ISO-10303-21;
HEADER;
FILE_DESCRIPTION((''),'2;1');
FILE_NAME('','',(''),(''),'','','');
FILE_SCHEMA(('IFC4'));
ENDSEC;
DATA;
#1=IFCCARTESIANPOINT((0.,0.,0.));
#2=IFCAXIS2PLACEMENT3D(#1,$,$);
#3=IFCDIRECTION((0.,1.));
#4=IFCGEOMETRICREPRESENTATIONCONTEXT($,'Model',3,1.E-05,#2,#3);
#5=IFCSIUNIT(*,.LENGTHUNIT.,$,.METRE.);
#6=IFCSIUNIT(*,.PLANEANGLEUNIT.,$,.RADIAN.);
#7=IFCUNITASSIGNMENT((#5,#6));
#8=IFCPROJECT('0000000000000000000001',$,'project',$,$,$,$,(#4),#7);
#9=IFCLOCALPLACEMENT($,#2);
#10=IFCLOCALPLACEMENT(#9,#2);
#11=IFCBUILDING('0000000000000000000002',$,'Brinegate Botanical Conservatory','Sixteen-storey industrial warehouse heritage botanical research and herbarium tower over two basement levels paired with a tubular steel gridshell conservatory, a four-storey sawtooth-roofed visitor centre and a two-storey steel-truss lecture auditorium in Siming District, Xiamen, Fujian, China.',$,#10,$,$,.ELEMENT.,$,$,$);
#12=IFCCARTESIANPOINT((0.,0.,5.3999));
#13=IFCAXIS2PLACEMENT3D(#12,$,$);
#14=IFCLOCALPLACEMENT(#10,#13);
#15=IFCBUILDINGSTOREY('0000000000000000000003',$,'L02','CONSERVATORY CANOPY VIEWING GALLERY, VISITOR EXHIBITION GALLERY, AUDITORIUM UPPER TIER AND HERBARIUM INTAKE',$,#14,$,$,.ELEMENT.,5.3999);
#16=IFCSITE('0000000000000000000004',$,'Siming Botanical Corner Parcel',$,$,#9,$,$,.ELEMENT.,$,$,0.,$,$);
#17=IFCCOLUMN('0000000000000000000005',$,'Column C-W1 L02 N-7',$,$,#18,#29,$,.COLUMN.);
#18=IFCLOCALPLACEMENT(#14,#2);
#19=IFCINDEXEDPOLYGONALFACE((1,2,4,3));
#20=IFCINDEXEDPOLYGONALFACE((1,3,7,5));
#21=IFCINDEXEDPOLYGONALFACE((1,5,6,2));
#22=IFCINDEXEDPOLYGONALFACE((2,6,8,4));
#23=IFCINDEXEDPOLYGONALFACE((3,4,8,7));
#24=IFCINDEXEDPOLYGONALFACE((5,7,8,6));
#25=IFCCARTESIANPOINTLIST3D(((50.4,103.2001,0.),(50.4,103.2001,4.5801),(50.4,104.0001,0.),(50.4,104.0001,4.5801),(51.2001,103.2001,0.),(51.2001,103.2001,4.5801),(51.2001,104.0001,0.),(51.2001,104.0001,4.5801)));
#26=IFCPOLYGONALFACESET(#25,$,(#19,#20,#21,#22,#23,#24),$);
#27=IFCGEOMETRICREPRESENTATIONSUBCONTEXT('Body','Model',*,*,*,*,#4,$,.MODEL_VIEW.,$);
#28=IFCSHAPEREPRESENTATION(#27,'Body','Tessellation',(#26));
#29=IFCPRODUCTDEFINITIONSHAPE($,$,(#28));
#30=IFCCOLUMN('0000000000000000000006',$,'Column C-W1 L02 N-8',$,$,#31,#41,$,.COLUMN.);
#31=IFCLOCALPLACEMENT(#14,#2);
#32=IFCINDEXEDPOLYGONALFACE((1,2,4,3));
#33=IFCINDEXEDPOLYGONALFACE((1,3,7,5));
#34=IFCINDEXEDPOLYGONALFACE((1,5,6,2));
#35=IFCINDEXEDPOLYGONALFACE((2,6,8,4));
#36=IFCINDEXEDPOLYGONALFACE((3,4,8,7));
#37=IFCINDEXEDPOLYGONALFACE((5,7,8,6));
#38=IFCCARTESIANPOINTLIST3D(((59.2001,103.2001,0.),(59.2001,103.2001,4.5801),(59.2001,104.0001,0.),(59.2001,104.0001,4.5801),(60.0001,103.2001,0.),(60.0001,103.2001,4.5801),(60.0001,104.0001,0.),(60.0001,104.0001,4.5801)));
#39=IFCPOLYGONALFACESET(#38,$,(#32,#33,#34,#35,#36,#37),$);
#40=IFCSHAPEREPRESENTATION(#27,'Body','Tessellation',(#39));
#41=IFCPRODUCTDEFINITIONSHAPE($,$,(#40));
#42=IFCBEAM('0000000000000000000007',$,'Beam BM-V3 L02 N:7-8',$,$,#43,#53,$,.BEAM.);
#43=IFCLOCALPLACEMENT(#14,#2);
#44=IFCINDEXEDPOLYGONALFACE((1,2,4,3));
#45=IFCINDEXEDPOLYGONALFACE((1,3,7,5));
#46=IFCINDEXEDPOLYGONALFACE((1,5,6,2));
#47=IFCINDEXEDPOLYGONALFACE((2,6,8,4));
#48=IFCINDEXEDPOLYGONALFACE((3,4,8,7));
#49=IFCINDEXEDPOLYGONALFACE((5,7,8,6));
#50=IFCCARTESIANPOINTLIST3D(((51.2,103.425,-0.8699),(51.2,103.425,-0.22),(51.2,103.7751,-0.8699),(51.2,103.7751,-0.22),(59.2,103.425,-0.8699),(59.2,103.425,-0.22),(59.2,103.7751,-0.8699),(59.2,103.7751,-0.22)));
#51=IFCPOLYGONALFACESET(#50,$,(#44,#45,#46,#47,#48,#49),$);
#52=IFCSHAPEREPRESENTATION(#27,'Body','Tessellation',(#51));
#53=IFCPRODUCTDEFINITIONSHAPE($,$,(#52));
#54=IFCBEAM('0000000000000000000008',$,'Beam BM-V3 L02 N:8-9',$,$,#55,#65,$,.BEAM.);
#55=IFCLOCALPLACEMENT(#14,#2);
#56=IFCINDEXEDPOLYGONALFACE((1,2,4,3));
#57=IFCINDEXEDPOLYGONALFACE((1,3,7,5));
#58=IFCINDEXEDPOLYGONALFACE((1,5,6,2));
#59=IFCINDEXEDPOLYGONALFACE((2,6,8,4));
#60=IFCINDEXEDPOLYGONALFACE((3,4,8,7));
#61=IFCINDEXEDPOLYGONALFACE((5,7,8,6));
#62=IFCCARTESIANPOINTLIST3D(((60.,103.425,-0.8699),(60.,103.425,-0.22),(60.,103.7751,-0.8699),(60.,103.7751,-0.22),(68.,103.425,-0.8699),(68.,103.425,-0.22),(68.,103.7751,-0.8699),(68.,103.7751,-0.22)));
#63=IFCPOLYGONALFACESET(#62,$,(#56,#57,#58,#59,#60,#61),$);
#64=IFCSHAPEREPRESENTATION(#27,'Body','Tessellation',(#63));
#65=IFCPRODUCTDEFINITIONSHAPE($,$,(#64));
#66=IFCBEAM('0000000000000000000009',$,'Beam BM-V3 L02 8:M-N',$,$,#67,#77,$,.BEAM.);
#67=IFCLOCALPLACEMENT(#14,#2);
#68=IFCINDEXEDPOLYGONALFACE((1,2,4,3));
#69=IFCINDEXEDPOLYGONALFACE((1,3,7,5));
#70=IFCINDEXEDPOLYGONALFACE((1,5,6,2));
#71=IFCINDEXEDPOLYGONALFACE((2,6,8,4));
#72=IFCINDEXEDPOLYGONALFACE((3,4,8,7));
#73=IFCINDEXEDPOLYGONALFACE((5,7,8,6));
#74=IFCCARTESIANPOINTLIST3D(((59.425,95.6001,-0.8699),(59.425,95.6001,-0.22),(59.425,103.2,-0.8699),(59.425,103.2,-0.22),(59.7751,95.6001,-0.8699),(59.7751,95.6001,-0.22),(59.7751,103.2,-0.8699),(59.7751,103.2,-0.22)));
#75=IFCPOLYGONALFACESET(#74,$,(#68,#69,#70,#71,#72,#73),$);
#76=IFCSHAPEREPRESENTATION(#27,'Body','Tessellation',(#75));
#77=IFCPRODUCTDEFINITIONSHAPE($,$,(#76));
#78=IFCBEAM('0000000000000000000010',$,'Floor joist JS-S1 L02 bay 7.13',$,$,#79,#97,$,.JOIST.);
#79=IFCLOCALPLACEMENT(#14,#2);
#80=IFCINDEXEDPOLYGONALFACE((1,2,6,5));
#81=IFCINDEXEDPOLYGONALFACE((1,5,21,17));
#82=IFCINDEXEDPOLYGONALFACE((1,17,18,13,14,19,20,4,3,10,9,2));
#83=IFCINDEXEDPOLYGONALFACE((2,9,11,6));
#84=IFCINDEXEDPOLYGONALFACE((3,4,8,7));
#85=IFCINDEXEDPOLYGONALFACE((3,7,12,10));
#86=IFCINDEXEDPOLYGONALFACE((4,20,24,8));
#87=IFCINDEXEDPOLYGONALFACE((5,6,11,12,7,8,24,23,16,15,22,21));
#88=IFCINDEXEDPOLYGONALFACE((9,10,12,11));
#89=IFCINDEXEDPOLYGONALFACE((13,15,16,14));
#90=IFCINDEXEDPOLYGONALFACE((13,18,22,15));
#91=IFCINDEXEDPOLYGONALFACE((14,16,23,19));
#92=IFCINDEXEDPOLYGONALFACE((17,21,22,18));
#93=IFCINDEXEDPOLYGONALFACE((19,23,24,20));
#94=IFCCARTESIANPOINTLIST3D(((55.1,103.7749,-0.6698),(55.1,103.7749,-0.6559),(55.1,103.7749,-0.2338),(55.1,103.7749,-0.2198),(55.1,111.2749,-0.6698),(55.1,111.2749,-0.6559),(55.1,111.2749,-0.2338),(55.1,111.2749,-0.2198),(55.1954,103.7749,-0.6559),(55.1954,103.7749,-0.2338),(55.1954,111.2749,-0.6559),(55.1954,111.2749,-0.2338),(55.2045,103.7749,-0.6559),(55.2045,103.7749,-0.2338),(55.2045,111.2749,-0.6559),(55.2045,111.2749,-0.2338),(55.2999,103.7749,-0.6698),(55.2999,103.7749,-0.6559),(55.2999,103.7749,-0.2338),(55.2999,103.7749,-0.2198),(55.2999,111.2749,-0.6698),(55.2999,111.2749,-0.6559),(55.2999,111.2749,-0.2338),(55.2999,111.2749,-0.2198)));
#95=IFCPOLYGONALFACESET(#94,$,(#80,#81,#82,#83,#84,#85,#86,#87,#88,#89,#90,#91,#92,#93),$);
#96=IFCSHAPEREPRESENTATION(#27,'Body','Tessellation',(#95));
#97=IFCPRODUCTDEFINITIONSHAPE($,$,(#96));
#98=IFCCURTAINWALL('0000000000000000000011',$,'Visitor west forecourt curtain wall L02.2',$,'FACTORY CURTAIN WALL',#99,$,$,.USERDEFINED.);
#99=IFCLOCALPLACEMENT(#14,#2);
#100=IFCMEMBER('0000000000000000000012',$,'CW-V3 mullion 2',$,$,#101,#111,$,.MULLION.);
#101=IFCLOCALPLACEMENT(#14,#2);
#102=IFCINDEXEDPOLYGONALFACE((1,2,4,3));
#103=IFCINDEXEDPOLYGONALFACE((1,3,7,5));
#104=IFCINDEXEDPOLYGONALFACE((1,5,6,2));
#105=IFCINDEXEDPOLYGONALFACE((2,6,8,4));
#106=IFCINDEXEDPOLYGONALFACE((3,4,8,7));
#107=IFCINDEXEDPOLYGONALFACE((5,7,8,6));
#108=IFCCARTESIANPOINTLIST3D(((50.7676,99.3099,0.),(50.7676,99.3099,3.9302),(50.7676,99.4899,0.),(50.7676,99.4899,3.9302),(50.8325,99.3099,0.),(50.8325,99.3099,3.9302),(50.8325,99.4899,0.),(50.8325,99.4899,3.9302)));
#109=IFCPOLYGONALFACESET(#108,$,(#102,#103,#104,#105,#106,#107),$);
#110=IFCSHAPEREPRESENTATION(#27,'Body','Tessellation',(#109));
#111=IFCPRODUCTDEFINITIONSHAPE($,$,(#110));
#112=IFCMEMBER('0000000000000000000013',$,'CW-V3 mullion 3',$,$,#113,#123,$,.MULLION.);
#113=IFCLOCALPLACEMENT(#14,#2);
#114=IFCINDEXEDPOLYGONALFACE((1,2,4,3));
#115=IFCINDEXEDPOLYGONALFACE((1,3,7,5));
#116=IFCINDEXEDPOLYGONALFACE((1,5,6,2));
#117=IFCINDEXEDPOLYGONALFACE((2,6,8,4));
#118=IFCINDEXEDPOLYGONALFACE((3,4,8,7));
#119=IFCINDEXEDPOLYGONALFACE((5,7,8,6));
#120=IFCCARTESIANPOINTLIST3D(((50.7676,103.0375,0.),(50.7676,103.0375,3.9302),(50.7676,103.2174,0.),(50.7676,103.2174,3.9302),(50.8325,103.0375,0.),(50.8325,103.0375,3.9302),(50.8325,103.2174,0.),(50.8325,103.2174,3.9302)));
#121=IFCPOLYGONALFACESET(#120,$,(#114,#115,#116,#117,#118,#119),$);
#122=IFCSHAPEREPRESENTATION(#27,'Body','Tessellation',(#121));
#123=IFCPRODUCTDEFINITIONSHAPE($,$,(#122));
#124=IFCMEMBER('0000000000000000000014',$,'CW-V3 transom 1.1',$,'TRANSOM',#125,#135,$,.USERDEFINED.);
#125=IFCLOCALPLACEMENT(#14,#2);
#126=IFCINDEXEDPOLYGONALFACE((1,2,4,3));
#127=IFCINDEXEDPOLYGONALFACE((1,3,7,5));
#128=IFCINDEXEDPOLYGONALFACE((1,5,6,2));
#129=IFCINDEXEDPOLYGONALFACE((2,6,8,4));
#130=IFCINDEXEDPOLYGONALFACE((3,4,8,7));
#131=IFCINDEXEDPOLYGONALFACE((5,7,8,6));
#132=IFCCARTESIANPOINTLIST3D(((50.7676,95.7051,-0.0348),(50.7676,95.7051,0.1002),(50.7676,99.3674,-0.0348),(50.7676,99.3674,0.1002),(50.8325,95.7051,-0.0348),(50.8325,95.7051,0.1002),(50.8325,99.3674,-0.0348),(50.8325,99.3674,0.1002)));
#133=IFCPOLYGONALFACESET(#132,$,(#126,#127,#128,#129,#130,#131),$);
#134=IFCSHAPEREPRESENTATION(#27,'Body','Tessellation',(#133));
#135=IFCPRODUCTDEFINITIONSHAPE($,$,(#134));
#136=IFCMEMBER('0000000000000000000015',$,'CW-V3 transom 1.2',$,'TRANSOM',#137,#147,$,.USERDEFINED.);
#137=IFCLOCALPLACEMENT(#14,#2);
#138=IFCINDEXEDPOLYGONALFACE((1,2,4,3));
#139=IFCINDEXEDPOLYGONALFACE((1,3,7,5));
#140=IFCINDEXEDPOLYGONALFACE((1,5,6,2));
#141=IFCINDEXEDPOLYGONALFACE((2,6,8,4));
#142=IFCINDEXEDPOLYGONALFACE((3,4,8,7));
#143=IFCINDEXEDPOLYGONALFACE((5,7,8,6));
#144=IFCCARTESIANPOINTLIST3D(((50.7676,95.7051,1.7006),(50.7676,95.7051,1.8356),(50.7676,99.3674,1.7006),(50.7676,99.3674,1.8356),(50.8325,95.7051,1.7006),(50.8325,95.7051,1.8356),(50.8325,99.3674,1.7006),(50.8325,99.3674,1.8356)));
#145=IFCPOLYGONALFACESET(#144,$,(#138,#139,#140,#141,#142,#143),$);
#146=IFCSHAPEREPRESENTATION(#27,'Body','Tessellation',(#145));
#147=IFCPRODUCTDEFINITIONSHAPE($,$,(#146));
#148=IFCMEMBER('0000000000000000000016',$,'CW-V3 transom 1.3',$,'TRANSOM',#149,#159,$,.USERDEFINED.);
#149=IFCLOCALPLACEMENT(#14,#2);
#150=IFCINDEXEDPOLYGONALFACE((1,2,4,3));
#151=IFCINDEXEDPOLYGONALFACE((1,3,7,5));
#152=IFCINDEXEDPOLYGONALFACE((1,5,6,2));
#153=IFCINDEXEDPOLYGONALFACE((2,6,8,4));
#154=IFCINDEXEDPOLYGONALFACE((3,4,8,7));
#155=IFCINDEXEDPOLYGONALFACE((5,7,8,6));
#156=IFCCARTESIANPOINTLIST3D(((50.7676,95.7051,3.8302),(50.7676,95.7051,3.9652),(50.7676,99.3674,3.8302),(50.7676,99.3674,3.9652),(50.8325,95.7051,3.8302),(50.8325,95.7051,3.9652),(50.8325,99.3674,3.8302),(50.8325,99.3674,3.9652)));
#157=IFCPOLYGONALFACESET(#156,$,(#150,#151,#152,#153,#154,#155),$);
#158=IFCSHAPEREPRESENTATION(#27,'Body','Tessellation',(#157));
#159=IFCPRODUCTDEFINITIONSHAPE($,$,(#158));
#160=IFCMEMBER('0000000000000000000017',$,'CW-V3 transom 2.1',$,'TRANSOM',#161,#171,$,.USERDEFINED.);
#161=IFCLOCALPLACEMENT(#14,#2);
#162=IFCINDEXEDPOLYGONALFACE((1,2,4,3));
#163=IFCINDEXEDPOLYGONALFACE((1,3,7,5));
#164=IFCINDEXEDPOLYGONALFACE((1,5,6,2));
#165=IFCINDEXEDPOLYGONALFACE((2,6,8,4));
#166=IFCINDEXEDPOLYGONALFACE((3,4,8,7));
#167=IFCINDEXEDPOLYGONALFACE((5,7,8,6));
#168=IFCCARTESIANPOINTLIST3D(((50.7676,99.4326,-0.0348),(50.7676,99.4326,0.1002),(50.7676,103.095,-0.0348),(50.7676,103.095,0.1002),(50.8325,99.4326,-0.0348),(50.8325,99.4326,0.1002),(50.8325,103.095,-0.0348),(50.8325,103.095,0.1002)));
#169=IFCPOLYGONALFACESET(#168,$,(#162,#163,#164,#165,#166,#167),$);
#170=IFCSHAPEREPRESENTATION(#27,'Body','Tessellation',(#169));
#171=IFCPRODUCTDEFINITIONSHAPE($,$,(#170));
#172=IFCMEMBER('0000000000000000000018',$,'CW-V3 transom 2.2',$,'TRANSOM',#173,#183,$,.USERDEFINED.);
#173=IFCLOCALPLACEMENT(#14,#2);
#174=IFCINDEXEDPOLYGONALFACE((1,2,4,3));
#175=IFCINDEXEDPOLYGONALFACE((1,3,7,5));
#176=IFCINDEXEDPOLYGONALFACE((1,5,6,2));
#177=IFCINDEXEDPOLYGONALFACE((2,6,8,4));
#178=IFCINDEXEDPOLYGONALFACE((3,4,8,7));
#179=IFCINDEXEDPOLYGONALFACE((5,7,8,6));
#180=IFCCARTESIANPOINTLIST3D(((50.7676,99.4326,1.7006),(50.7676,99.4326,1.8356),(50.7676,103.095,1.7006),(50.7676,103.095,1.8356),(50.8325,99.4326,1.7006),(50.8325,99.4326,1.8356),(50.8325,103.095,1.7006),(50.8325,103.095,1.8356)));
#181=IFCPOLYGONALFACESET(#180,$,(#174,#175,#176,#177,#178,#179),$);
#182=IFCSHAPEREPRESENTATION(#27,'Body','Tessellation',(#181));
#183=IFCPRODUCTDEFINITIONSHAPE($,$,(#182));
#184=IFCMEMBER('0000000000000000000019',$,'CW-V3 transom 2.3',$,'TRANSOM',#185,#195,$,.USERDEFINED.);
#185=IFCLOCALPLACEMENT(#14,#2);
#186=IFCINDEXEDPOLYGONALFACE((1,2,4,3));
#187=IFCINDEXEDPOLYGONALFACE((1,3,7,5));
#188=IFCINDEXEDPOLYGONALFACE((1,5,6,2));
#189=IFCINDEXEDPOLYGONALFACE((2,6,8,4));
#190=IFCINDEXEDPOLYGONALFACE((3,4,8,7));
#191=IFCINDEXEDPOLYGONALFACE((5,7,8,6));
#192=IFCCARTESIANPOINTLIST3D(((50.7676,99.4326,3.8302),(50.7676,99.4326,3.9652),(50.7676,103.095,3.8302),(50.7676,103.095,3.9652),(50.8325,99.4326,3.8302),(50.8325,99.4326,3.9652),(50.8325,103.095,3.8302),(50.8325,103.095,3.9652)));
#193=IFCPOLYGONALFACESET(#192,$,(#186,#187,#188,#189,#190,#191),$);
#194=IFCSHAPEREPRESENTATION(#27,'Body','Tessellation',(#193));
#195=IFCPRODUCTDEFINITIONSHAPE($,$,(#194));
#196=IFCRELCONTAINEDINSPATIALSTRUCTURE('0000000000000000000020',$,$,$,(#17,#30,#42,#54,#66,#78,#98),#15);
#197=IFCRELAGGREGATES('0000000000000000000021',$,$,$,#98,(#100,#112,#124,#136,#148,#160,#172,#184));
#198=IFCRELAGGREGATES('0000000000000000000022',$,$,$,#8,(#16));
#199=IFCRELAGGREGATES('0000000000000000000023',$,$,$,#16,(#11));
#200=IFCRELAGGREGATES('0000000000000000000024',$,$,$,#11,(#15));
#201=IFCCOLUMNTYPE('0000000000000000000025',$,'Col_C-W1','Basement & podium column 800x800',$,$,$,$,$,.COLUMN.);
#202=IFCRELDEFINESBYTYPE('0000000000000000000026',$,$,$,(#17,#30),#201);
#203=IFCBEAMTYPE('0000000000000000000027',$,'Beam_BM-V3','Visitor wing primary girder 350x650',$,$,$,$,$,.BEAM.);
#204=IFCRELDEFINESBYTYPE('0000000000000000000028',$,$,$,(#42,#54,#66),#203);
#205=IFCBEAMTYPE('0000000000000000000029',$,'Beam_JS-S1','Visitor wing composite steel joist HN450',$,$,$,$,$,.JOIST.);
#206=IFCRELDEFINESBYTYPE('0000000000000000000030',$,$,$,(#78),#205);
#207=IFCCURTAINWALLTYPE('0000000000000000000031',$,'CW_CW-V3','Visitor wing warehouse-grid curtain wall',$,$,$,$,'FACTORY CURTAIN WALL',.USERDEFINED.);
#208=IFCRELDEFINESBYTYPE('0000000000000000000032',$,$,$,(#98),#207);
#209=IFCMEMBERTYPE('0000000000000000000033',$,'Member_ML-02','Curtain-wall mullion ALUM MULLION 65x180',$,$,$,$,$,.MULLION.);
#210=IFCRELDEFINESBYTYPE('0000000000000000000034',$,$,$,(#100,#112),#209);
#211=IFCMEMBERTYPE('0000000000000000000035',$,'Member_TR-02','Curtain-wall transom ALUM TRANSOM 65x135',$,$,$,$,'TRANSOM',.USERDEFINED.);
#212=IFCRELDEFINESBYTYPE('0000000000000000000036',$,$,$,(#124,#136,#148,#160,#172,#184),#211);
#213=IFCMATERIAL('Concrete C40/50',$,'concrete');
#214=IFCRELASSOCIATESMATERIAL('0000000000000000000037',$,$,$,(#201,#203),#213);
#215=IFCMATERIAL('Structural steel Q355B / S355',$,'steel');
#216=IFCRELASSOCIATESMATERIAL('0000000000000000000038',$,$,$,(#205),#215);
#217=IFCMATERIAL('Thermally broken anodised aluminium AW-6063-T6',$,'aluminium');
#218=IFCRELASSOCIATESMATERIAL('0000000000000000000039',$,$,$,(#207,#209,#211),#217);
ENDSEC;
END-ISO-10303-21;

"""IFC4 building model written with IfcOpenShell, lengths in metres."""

from ifc_helpers import new_model, si_unit, direction, frame, origin, origin_2d, place, context, subcontext, project, spatial, rectangle, i_section, extrude, material, material_profile, profile_set, type_object, element, aggregate, save


model = new_model("IFC4")

# Units and contexts
model_context = context("Model", 3, precision=1e-05, world=origin(), true_north=direction((0.0, 1.0)))
body_context = subcontext(model_context, "Body", "Model", "MODEL_VIEW")
ifc_project = project(units=[si_unit("LENGTHUNIT", "METRE"), si_unit("PLANEANGLEUNIT", "RADIAN")], contexts=[model_context])

# Site, building, storey
site_placement = place(None, origin())
site = spatial("IfcSite", under=ifc_project, at=site_placement, Name="Siming Botanical Corner Parcel", CompositionType="ELEMENT", RefElevation=0.0)
building_placement = place(site_placement, origin())
building = spatial("IfcBuilding", under=site, at=building_placement, Name="Brinegate Botanical Conservatory", Description="Sixteen-storey industrial warehouse heritage botanical research and herbarium tower over two basement levels paired with a tubular steel gridshell conservatory, a four-storey sawtooth-roofed visitor centre and a two-storey steel-truss lecture auditorium in Siming District, Xiamen, Fujian, China.", CompositionType="ELEMENT")
storey_placement = place(building_placement, frame((0.0, 0.0, 5.3999)))
storey = spatial("IfcBuildingStorey", under=building, at=storey_placement, Name="L02", Description="CONSERVATORY CANOPY VIEWING GALLERY, VISITOR EXHIBITION GALLERY, AUDITORIUM UPPER TIER AND HERBARIUM INTAKE", CompositionType="ELEMENT", Elevation=5.3999)

# Columns
ifc_material_1 = material(Name="Concrete C40/50", Category="concrete")
ifc_material_profile_1 = material_profile(ifc_material_1, rectangle(XDim=0.8, YDim=0.8, at=origin_2d()), Name="RC COL 800x800")
ifc_profile_set_1 = profile_set([ifc_material_profile_1], Name="Concrete C40/50")
column_type = type_object("IfcColumnType", Name="Col_C-W1", Description="Basement & podium column 800x800", PredefinedType="COLUMN", material=ifc_profile_set_1)
for number, where, z_axis, x_axis, name in (
    (1, (50.8, 103.6001, 0.0), (0.0, 0.0, 1.0), (1.0, 0.0, 0.0), "Column C-W1 L02 N-7"),
    (2, (59.6001, 103.6001, 0.0), (0.0, 0.0, 1.0), (1.0, 0.0, 0.0), "Column C-W1 L02 N-8"),
):
    element("IfcColumn", number, at=place(storey_placement, frame(where, z_axis=z_axis, x_axis=x_axis)), inside=storey, type_object=column_type, Name=name, PredefinedType="COLUMN", context=body_context, shape_type="SweptSolid", body=[
        extrude(rectangle(XDim=0.8, YDim=0.8, at=origin_2d()), origin(), (0.0, 0.0, 1.0), 4.5801),
    ])

# Beams
ifc_material_profile_2 = material_profile(ifc_material_1, rectangle(XDim=0.3501, YDim=0.6499, at=origin_2d()), Name="RC BM 350x650")
ifc_profile_set_2 = profile_set([ifc_material_profile_2], Name="Concrete C40/50")
beam_type_1 = type_object("IfcBeamType", Name="Beam_BM-V3", Description="Visitor wing primary girder 350x650", PredefinedType="BEAM", material=ifc_profile_set_2)
for number, where, z_axis, x_axis, name in (
    (3, (51.2, 103.6001, -0.5449), (1.0, 0.0, 0.0), (0.0, 1.0, 0.0), "Beam BM-V3 L02 N:7-8"),
    (4, (60.0, 103.6001, -0.5449), (1.0, 0.0, 0.0), (0.0, 1.0, 0.0), "Beam BM-V3 L02 N:8-9"),
):
    element("IfcBeam", number, at=place(storey_placement, frame(where, z_axis=z_axis, x_axis=x_axis)), inside=storey, type_object=beam_type_1, Name=name, PredefinedType="BEAM", context=body_context, shape_type="SweptSolid", body=[
        extrude(rectangle(XDim=0.3501, YDim=0.6499, at=origin_2d()), origin(), (0.0, 0.0, 1.0), 8.0),
    ])
beam_1_placement = place(storey_placement, frame((59.6001, 95.6001, -0.5449), z_axis=(0.0, 1.0, 0.0), x_axis=(-1.0, 0.0, 0.0)))
element("IfcBeam", 5, at=beam_1_placement, inside=storey, type_object=beam_type_1, Name="Beam BM-V3 L02 8:M-N", PredefinedType="BEAM", context=body_context, shape_type="SweptSolid", body=[
    extrude(rectangle(XDim=0.3501, YDim=0.6499, at=origin_2d()), origin(), (0.0, 0.0, 1.0), 7.5999),
])
ifc_material_2 = material(Name="Structural steel Q355B / S355", Category="steel")
ifc_material_profile_3 = material_profile(ifc_material_2, i_section(OverallWidth=0.2, OverallDepth=0.45, WebThickness=0.009, FlangeThickness=0.0139, at=origin_2d()), Name="HN 450x200x9x14")
ifc_profile_set_3 = profile_set([ifc_material_profile_3], Name="Structural steel Q355B / S355")
beam_type_2 = type_object("IfcBeamType", Name="Beam_JS-S1", Description="Visitor wing composite steel joist HN450", PredefinedType="JOIST", material=ifc_profile_set_3)
beam_2_placement = place(storey_placement, frame((55.2, 103.7749, -0.4448), z_axis=(0.0, 1.0, 0.0), x_axis=(-1.0, 0.0, 0.0)))
element("IfcBeam", 6, at=beam_2_placement, inside=storey, type_object=beam_type_2, Name="Floor joist JS-S1 L02 bay 7.13", PredefinedType="JOIST", context=body_context, shape_type="SweptSolid", body=[
    extrude(i_section(OverallWidth=0.2, OverallDepth=0.45, WebThickness=0.009, FlangeThickness=0.0139, at=origin_2d()), origin(), (0.0, 0.0, 1.0), 7.5),
])

# Curtain wall, members
ifc_material_3 = material(Name="Thermally broken anodised aluminium AW-6063-T6", Category="aluminium")
curtain_wall_type = type_object("IfcCurtainWallType", Name="CW_CW-V3", Description="Visitor wing warehouse-grid curtain wall", ElementType="FACTORY CURTAIN WALL", PredefinedType="USERDEFINED", material=ifc_material_3)
curtain_wall_placement = place(storey_placement, origin())
curtain_wall = element("IfcCurtainWall", 7, at=curtain_wall_placement, inside=storey, type_object=curtain_wall_type, Name="Visitor west forecourt curtain wall L02.2", ObjectType="FACTORY CURTAIN WALL", PredefinedType="USERDEFINED")
ifc_material_profile_4 = material_profile(ifc_material_3, rectangle(XDim=0.0649, YDim=0.1799, at=origin_2d()), Name="ALUM MULLION 65x180")
ifc_profile_set_4 = profile_set([ifc_material_profile_4], Name="Thermally broken anodised aluminium AW-6063-T6")
member_type_1 = type_object("IfcMemberType", Name="Member_ML-02", Description="Curtain-wall mullion ALUM MULLION 65x180", PredefinedType="MULLION", material=ifc_profile_set_4)
member_1_placement = place(storey_placement, frame((50.8, 99.3999, 0.0), z_axis=(0.0, 0.0, 1.0), x_axis=(-1.0, 0.0, 0.0)))
member_1 = element("IfcMember", 8, at=member_1_placement, type_object=member_type_1, Name="CW-V3 mullion 2", PredefinedType="MULLION", context=body_context, shape_type="SweptSolid", body=[
    extrude(rectangle(XDim=0.0649, YDim=0.1799, at=origin_2d()), origin(), (0.0, 0.0, 1.0), 3.9302),
])
member_2_placement = place(storey_placement, frame((50.8, 103.1274, 0.0), z_axis=(0.0, 0.0, 1.0), x_axis=(-1.0, 0.0, 0.0)))
member_2 = element("IfcMember", 9, at=member_2_placement, type_object=member_type_1, Name="CW-V3 mullion 3", PredefinedType="MULLION", context=body_context, shape_type="SweptSolid", body=[
    extrude(rectangle(XDim=0.0649, YDim=0.1799, at=origin_2d()), origin(), (0.0, 0.0, 1.0), 3.9302),
])
ifc_material_profile_5 = material_profile(ifc_material_3, rectangle(XDim=0.0649, YDim=0.135, at=origin_2d()), Name="ALUM TRANSOM 65x135")
ifc_profile_set_5 = profile_set([ifc_material_profile_5], Name="Thermally broken anodised aluminium AW-6063-T6")
member_type_2 = type_object("IfcMemberType", Name="Member_TR-02", Description="Curtain-wall transom ALUM TRANSOM 65x135", ElementType="TRANSOM", PredefinedType="USERDEFINED", material=ifc_profile_set_5)
member_3_placement = place(storey_placement, frame((50.8, 95.7051, 0.0327), z_axis=(0.0, 1.0, 0.0), x_axis=(-1.0, 0.0, 0.0)))
member_3 = element("IfcMember", 10, at=member_3_placement, type_object=member_type_2, Name="CW-V3 transom 1.1", ObjectType="TRANSOM", PredefinedType="USERDEFINED", context=body_context, shape_type="SweptSolid", body=[
    extrude(rectangle(XDim=0.0649, YDim=0.135, at=origin_2d()), origin(), (0.0, 0.0, 1.0), 3.6624),
])
member_4_placement = place(storey_placement, frame((50.8, 95.7051, 1.7681), z_axis=(0.0, 1.0, 0.0), x_axis=(-1.0, 0.0, 0.0)))
member_4 = element("IfcMember", 11, at=member_4_placement, type_object=member_type_2, Name="CW-V3 transom 1.2", ObjectType="TRANSOM", PredefinedType="USERDEFINED", context=body_context, shape_type="SweptSolid", body=[
    extrude(rectangle(XDim=0.0649, YDim=0.135, at=origin_2d()), origin(), (0.0, 0.0, 1.0), 3.6624),
])
member_5_placement = place(storey_placement, frame((50.8, 95.7051, 3.8977), z_axis=(0.0, 1.0, 0.0), x_axis=(-1.0, 0.0, 0.0)))
member_5 = element("IfcMember", 12, at=member_5_placement, type_object=member_type_2, Name="CW-V3 transom 1.3", ObjectType="TRANSOM", PredefinedType="USERDEFINED", context=body_context, shape_type="SweptSolid", body=[
    extrude(rectangle(XDim=0.0649, YDim=0.135, at=origin_2d()), origin(), (0.0, 0.0, 1.0), 3.6624),
])
member_6_placement = place(storey_placement, frame((50.8, 99.4326, 0.0327), z_axis=(0.0, 1.0, 0.0), x_axis=(-1.0, 0.0, 0.0)))
member_6 = element("IfcMember", 13, at=member_6_placement, type_object=member_type_2, Name="CW-V3 transom 2.1", ObjectType="TRANSOM", PredefinedType="USERDEFINED", context=body_context, shape_type="SweptSolid", body=[
    extrude(rectangle(XDim=0.0649, YDim=0.135, at=origin_2d()), origin(), (0.0, 0.0, 1.0), 3.6624),
])
member_7_placement = place(storey_placement, frame((50.8, 99.4326, 1.7681), z_axis=(0.0, 1.0, 0.0), x_axis=(-1.0, 0.0, 0.0)))
member_7 = element("IfcMember", 14, at=member_7_placement, type_object=member_type_2, Name="CW-V3 transom 2.2", ObjectType="TRANSOM", PredefinedType="USERDEFINED", context=body_context, shape_type="SweptSolid", body=[
    extrude(rectangle(XDim=0.0649, YDim=0.135, at=origin_2d()), origin(), (0.0, 0.0, 1.0), 3.6624),
])
member_8_placement = place(storey_placement, frame((50.8, 99.4326, 3.8977), z_axis=(0.0, 1.0, 0.0), x_axis=(-1.0, 0.0, 0.0)))
member_8 = element("IfcMember", 15, at=member_8_placement, type_object=member_type_2, Name="CW-V3 transom 2.3", ObjectType="TRANSOM", PredefinedType="USERDEFINED", context=body_context, shape_type="SweptSolid", body=[
    extrude(rectangle(XDim=0.0649, YDim=0.135, at=origin_2d()), origin(), (0.0, 0.0, 1.0), 3.6624),
])
aggregate(curtain_wall, [member_1, member_2, member_3, member_4, member_5, member_6, member_7, member_8])

save(model, "model.ifc")
